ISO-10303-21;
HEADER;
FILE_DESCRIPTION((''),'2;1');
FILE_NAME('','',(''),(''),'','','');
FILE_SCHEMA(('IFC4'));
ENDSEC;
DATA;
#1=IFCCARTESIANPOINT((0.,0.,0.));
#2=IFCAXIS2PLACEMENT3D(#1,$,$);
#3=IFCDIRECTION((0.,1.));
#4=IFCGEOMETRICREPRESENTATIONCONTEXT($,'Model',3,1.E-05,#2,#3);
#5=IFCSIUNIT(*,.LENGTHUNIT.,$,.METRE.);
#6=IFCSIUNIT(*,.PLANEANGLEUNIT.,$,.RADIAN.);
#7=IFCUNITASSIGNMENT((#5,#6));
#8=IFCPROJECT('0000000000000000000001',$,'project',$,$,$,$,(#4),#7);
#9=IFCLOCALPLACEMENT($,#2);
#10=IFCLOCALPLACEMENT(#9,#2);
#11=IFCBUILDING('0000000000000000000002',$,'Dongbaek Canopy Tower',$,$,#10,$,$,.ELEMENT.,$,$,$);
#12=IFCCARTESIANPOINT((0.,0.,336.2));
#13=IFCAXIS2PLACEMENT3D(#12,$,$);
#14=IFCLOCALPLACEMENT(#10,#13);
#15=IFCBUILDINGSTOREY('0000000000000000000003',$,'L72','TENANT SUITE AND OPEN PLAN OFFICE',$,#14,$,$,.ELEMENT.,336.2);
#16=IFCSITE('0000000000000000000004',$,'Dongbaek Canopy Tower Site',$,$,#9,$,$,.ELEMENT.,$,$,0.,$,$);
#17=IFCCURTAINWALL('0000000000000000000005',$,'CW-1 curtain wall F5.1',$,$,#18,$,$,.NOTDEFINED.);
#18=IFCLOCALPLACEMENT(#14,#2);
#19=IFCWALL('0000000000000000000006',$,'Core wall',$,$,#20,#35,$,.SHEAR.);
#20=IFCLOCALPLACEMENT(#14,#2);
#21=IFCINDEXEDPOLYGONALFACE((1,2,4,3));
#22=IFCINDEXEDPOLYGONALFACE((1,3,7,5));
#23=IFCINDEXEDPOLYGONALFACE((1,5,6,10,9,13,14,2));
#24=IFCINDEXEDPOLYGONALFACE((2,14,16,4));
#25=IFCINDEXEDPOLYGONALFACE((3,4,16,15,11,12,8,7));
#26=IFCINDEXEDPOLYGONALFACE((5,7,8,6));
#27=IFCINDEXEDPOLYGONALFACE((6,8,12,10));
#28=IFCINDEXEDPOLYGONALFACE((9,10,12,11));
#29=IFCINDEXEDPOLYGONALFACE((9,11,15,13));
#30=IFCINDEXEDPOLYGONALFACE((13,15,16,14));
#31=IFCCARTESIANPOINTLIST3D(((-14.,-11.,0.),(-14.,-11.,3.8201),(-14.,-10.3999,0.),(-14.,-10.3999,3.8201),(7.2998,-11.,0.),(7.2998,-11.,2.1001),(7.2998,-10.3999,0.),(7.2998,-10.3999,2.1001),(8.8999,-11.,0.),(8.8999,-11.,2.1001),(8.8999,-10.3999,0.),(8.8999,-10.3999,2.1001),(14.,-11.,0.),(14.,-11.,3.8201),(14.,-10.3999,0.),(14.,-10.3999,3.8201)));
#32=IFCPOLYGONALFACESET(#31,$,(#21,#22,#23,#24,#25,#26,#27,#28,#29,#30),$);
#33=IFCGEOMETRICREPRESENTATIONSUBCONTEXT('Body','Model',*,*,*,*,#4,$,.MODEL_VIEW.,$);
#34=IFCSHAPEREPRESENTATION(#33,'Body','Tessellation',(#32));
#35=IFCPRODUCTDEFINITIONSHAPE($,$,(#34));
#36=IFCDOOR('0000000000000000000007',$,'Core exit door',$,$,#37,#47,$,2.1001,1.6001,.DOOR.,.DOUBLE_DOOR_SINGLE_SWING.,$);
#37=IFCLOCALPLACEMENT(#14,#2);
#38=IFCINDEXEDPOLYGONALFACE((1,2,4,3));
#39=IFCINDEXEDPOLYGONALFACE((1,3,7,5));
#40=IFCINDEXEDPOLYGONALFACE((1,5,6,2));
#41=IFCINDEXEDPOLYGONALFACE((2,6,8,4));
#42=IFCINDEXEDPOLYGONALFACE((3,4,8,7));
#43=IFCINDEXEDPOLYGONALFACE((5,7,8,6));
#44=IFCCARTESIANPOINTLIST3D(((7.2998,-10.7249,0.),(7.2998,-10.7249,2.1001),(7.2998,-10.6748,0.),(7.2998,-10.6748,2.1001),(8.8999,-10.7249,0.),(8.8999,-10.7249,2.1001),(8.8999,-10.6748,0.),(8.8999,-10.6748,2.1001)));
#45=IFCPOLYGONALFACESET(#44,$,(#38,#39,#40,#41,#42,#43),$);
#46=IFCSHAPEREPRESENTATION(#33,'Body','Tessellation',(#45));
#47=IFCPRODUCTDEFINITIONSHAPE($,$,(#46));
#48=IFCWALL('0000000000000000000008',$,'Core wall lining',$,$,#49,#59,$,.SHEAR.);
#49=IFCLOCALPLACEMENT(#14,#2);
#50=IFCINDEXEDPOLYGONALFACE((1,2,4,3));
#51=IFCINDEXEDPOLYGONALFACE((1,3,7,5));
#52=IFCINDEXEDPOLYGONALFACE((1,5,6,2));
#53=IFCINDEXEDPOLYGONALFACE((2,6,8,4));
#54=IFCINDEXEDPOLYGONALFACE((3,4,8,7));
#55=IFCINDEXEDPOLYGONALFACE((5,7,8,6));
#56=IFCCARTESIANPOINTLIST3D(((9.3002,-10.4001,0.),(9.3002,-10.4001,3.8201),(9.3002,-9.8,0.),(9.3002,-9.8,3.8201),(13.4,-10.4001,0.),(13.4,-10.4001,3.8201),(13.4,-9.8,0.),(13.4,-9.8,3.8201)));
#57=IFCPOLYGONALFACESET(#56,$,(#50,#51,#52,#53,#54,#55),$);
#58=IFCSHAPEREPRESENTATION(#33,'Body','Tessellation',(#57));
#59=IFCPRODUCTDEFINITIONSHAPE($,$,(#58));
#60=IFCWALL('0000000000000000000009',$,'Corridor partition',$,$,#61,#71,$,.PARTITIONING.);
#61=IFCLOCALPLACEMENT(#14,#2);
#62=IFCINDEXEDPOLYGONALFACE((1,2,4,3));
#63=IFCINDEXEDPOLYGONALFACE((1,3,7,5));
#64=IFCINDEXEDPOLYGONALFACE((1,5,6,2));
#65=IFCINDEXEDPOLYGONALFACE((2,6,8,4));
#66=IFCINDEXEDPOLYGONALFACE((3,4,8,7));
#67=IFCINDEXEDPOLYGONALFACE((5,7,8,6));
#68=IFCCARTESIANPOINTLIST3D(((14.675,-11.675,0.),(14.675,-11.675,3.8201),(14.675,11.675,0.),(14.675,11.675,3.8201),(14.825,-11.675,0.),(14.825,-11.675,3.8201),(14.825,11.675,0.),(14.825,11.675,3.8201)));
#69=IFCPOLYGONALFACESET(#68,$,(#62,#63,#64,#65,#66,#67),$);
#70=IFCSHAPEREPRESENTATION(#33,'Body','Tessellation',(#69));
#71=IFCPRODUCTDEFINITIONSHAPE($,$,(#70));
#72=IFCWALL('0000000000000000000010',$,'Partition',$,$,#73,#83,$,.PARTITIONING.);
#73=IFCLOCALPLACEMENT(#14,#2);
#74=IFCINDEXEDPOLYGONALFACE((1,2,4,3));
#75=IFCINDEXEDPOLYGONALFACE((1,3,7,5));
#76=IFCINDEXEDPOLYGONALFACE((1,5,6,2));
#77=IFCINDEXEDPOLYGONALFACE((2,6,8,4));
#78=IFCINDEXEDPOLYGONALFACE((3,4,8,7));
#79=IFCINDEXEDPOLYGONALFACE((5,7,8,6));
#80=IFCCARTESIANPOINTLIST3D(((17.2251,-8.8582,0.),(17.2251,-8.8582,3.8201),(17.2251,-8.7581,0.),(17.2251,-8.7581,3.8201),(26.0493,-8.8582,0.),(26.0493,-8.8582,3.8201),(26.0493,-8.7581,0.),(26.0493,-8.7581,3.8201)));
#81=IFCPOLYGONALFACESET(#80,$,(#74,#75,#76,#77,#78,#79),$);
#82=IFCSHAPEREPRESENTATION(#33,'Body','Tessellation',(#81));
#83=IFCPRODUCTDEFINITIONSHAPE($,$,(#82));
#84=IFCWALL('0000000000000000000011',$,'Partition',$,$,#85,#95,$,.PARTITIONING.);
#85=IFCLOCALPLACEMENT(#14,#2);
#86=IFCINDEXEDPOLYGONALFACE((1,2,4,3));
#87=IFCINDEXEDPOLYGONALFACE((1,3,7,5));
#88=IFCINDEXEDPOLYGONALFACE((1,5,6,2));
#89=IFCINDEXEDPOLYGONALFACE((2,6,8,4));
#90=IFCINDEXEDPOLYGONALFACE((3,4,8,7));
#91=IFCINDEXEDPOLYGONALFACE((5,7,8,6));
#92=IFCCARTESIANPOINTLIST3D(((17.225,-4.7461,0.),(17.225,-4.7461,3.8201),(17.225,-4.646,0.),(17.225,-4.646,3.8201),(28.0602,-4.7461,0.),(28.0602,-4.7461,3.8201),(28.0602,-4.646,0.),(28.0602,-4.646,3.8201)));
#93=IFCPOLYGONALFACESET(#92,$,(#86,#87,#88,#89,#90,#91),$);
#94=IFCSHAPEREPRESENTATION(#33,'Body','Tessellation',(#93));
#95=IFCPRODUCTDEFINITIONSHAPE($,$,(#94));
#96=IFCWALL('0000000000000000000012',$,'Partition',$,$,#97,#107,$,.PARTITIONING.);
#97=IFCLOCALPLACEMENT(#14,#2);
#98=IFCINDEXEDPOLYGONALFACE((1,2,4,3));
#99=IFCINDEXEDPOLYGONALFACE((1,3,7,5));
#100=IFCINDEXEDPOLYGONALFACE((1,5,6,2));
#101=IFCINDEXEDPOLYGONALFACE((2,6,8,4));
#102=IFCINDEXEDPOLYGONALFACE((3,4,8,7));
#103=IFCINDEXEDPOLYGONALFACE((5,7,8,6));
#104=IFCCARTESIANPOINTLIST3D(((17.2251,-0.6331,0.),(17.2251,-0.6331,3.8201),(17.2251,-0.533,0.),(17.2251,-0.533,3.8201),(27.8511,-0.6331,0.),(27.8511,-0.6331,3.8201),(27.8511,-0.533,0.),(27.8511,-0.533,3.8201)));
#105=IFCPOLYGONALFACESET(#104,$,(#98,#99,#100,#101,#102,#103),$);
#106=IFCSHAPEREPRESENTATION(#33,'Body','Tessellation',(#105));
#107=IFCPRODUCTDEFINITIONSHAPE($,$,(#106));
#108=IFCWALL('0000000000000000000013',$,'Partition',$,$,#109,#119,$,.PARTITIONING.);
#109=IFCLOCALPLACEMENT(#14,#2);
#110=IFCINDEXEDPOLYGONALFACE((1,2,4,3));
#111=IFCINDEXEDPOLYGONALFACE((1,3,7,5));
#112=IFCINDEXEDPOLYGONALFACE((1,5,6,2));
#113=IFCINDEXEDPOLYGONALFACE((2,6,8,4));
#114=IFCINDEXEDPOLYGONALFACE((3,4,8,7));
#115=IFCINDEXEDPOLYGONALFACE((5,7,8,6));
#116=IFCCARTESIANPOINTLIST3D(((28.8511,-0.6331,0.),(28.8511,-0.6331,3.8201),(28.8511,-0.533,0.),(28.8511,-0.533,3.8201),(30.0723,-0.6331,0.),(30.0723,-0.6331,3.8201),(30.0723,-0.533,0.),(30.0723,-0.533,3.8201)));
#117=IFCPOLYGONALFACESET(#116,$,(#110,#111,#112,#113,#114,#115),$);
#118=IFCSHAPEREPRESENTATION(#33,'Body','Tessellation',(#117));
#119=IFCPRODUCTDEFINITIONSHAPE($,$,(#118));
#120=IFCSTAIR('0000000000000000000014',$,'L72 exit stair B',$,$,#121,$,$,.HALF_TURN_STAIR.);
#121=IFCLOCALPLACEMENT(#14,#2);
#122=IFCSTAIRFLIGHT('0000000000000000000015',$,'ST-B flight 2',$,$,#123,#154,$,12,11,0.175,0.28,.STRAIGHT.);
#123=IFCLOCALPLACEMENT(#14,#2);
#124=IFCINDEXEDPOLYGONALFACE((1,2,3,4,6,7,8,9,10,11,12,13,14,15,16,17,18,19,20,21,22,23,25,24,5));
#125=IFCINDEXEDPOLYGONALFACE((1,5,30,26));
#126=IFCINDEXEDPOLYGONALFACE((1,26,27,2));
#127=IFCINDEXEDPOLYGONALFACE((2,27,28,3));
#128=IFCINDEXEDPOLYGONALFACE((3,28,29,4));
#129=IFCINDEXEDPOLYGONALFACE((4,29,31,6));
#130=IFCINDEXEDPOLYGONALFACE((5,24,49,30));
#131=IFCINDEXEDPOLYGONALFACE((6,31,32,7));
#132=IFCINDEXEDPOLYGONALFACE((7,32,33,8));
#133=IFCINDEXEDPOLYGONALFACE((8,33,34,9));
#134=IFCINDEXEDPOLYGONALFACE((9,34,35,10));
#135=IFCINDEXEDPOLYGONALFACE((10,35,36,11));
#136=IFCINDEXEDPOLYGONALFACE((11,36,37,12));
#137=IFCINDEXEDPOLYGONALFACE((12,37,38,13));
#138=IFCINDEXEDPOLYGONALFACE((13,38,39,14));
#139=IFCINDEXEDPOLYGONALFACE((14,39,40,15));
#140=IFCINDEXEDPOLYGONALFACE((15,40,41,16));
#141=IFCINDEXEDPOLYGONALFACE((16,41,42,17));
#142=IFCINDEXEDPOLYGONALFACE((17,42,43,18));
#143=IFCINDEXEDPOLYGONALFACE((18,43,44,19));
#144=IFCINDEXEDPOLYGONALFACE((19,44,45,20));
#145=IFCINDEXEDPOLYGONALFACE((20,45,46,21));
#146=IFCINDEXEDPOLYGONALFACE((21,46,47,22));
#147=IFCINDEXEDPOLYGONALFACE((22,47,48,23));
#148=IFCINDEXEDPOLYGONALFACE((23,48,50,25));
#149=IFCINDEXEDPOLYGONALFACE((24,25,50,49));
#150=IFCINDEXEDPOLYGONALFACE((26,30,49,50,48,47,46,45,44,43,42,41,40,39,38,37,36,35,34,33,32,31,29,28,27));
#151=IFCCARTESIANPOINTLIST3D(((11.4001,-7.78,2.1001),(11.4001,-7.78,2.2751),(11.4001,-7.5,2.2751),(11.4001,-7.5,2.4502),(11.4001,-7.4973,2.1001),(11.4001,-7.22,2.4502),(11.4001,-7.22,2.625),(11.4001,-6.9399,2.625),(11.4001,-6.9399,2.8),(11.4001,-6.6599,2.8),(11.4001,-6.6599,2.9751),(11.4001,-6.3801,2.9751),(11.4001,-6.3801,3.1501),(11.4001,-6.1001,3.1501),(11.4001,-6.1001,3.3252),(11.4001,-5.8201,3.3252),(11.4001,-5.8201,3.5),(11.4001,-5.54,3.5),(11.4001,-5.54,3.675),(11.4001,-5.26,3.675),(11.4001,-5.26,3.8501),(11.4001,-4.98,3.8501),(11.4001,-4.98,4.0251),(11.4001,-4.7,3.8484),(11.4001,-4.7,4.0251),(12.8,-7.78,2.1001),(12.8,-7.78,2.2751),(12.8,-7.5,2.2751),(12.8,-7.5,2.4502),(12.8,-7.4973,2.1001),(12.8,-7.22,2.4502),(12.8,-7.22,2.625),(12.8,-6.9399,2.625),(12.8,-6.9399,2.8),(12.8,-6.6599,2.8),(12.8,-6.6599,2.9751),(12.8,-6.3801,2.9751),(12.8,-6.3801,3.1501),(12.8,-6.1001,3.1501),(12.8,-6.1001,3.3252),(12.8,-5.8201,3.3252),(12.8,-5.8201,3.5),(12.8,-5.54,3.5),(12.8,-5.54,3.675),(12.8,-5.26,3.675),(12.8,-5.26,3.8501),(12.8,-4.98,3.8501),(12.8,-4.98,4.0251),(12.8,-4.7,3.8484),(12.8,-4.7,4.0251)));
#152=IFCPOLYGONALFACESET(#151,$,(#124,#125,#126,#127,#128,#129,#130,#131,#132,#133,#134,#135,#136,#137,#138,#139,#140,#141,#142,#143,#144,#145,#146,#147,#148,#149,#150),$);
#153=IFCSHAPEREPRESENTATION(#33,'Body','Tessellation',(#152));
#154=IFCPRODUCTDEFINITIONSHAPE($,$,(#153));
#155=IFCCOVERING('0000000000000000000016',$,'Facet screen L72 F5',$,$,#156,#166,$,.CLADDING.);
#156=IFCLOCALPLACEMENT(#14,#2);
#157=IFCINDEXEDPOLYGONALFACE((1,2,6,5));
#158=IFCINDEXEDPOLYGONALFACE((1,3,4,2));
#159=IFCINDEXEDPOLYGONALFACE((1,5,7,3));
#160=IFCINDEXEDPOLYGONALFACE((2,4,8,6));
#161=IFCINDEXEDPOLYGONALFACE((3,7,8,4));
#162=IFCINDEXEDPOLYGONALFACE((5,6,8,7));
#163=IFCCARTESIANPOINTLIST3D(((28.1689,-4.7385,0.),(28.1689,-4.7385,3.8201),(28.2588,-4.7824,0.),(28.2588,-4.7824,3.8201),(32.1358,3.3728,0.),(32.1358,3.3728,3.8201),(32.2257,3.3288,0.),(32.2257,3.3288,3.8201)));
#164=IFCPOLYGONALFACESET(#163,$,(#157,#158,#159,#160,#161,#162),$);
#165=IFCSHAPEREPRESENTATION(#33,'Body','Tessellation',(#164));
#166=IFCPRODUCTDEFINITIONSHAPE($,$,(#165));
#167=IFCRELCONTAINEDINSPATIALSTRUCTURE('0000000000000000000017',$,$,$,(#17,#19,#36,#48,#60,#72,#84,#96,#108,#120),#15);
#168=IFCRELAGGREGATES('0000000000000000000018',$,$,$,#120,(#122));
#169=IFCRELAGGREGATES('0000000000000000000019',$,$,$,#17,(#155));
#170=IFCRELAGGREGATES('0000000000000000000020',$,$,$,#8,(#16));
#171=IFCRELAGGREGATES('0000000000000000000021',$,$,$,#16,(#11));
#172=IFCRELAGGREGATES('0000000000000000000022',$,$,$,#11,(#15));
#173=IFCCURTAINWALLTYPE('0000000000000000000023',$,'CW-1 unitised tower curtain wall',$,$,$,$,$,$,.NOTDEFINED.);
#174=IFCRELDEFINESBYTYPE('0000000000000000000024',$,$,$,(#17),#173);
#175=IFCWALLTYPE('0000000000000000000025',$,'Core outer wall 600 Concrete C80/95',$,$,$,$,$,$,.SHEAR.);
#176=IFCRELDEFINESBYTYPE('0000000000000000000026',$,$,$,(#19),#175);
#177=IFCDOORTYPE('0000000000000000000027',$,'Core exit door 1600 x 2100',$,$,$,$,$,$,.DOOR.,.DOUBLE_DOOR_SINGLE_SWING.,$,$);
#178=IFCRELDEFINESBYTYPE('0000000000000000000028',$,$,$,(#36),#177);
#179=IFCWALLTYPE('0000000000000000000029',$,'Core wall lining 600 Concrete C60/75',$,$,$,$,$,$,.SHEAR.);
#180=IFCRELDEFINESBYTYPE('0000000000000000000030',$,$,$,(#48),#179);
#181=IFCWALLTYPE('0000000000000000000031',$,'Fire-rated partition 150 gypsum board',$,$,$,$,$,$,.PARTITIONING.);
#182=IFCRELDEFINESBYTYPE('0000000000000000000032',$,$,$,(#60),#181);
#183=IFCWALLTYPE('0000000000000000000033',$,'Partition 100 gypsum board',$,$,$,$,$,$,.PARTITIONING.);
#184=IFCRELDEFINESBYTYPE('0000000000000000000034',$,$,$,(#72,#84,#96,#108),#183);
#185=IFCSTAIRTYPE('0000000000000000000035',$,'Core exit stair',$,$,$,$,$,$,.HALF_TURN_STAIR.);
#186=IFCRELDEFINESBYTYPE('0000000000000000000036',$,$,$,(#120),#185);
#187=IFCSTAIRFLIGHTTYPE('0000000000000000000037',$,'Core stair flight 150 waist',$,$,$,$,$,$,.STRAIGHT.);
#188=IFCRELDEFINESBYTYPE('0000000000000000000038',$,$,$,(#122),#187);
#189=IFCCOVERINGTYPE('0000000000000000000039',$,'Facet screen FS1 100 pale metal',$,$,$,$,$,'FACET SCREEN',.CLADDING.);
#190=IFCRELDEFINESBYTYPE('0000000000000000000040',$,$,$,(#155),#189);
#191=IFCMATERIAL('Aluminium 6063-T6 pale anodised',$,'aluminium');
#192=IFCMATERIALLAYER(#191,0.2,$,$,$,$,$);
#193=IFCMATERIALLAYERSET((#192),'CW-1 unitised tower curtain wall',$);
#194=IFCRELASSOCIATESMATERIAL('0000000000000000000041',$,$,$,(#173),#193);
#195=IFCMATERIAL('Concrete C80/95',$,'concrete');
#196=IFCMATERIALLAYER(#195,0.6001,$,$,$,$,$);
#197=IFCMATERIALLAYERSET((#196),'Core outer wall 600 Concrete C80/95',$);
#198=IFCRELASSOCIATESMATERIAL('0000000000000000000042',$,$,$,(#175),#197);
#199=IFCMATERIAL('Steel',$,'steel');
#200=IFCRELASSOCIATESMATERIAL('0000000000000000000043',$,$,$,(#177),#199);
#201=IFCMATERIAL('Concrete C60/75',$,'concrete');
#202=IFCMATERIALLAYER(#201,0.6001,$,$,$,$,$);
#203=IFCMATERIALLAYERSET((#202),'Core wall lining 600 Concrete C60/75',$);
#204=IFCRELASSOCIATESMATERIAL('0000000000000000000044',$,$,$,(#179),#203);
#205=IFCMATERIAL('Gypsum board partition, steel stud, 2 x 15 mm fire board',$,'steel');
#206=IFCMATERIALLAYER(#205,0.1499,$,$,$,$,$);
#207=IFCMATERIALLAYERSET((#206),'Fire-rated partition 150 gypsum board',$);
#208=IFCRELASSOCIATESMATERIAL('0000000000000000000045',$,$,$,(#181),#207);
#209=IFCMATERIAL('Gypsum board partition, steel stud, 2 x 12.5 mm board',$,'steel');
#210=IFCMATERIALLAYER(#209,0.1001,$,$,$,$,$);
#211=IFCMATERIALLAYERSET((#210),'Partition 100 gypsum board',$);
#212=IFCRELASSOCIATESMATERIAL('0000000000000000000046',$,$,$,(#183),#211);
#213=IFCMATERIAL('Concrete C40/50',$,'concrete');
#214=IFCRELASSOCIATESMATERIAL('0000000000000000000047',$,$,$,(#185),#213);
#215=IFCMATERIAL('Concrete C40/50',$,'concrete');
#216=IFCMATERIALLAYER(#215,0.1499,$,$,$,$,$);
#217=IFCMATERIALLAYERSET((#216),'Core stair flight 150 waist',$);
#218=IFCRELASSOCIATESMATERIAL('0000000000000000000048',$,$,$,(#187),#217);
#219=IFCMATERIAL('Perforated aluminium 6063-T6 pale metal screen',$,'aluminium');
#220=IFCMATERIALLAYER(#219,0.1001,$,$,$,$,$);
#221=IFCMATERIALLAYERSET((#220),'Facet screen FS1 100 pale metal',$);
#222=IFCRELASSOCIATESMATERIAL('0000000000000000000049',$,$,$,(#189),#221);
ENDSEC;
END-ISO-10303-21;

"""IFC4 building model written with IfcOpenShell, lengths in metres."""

from ifc_helpers import new_model, si_unit, direction, frame, frame_2d, origin, origin_2d, place, context, subcontext, project, spatial, polyline, rectangle, outline, extrude, material, layer, layer_set, type_object, element, fill, aggregate, save


model = new_model("IFC4")

# Units and contexts
model_context = context("Model", 3, precision=1e-05, world=origin(), true_north=direction((0.0, 1.0)))
body_context = subcontext(model_context, "Body", "Model", "MODEL_VIEW")
ifc_project = project(units=[si_unit("LENGTHUNIT", "METRE"), si_unit("PLANEANGLEUNIT", "RADIAN")], contexts=[model_context])

# Site, building, storey
site_placement = place(None, origin())
site = spatial("IfcSite", under=ifc_project, at=site_placement, Name="Dongbaek Canopy Tower Site", CompositionType="ELEMENT", RefElevation=0.0)
building_placement = place(site_placement, origin())
building = spatial("IfcBuilding", under=site, at=building_placement, Name="Dongbaek Canopy Tower", CompositionType="ELEMENT")
storey_placement = place(building_placement, frame((0.0, 0.0, 336.2)))
storey = spatial("IfcBuildingStorey", under=building, at=storey_placement, Name="L72", Description="TENANT SUITE AND OPEN PLAN OFFICE", CompositionType="ELEMENT", Elevation=336.2)

# Curtain wall
ifc_material_1 = material(Name="Aluminium 6063-T6 pale anodised", Category="aluminium")
ifc_layer_1 = layer(ifc_material_1, 0.2)
ifc_layer_set_1 = layer_set([ifc_layer_1], Name="CW-1 unitised tower curtain wall")
curtain_wall_type = type_object("IfcCurtainWallType", Name="CW-1 unitised tower curtain wall", PredefinedType="NOTDEFINED", material=ifc_layer_set_1)
curtain_wall_placement = place(storey_placement, origin())
curtain_wall = element("IfcCurtainWall", 1, at=curtain_wall_placement, inside=storey, type_object=curtain_wall_type, Name="CW-1 curtain wall F5.1", PredefinedType="NOTDEFINED")

# Wall, opening, door
ifc_material_2 = material(Name="Concrete C80/95", Category="concrete")
ifc_layer_2 = layer(ifc_material_2, 0.6001)
ifc_layer_set_2 = layer_set([ifc_layer_2], Name="Core outer wall 600 Concrete C80/95")
wall_type_1 = type_object("IfcWallType", Name="Core outer wall 600 Concrete C80/95", PredefinedType="SHEAR", material=ifc_layer_set_2)
wall_1_placement = place(storey_placement, frame((14.0, -10.7, 0.0), z_axis=(0.0, 0.0, 1.0), x_axis=(-1.0, 0.0, 0.0)))
wall_1 = element("IfcWall", 2, at=wall_1_placement, inside=storey, type_object=wall_type_1, Name="Core wall", PredefinedType="SHEAR", context=body_context, shape_type="SweptSolid", body=[
    extrude(rectangle(XDim=28.0, YDim=0.6001, at=frame_2d((14.0, 0.0))), origin(), (0.0, 0.0, 1.0), 3.8201),
])
opening_placement = place(wall_1_placement, frame((5.1001, 0.0, 0.0)))
opening = element("IfcOpeningElement", 3, at=opening_placement, cuts=wall_1, PredefinedType="OPENING", context=body_context, shape_type="SweptSolid", body=[
    extrude(rectangle(XDim=1.6001, YDim=2.1001, at=frame_2d((0.8, 1.05))), frame((0.0, 0.3101, 0.0), z_axis=(0.0, -1.0, 0.0), x_axis=(1.0, 0.0, 0.0)), (0.0, 0.0, 1.0), 0.6201),
])
ifc_material_3 = material(Name="Steel", Category="steel")
door_type = type_object("IfcDoorType", Name="Core exit door 1600 x 2100", OperationType="DOUBLE_DOOR_SINGLE_SWING", PredefinedType="DOOR", material=ifc_material_3)
door_placement = place(opening_placement, origin())
door = element("IfcDoor", 4, at=door_placement, inside=storey, type_object=door_type, Name="Core exit door", OperationType="DOUBLE_DOOR_SINGLE_SWING", OverallHeight=2.1001, OverallWidth=1.6001, PredefinedType="DOOR", context=body_context, shape_type="SweptSolid", body=[
    extrude(rectangle(XDim=1.6001, YDim=2.1001, at=frame_2d((0.8, 1.05))), frame((0.0, 0.0249, 0.0), z_axis=(0.0, -1.0, 0.0), x_axis=(1.0, 0.0, 0.0)), (0.0, 0.0, 1.0), 0.05),
])
fill(opening, door)

# Walls
ifc_material_4 = material(Name="Concrete C60/75", Category="concrete")
ifc_layer_3 = layer(ifc_material_4, 0.6001)
ifc_layer_set_3 = layer_set([ifc_layer_3], Name="Core wall lining 600 Concrete C60/75")
wall_type_2 = type_object("IfcWallType", Name="Core wall lining 600 Concrete C60/75", PredefinedType="SHEAR", material=ifc_layer_set_3)
wall_2_placement = place(storey_placement, frame((13.3999, -10.1001, 0.0), z_axis=(0.0, 0.0, 1.0), x_axis=(-1.0, 0.0, 0.0)))
element("IfcWall", 5, at=wall_2_placement, inside=storey, type_object=wall_type_2, Name="Core wall lining", PredefinedType="SHEAR", context=body_context, shape_type="SweptSolid", body=[
    extrude(rectangle(XDim=4.0999, YDim=0.6001, at=frame_2d((2.0498, 0.0))), origin(), (0.0, 0.0, 1.0), 3.8201),
])
ifc_material_5 = material(Name="Gypsum board partition, steel stud, 2 x 15 mm fire board", Category="steel")
ifc_layer_4 = layer(ifc_material_5, 0.1499)
ifc_layer_set_4 = layer_set([ifc_layer_4], Name="Fire-rated partition 150 gypsum board")
wall_type_3 = type_object("IfcWallType", Name="Fire-rated partition 150 gypsum board", PredefinedType="PARTITIONING", material=ifc_layer_set_4)
wall_3_placement = place(storey_placement, frame((14.75, -11.675, 0.0), z_axis=(0.0, 0.0, 1.0), x_axis=(0.0, 1.0, 0.0)))
element("IfcWall", 6, at=wall_3_placement, inside=storey, type_object=wall_type_3, Name="Corridor partition", PredefinedType="PARTITIONING", context=body_context, shape_type="SweptSolid", body=[
    extrude(rectangle(XDim=23.3501, YDim=0.1499, at=frame_2d((11.675, 0.0))), origin(), (0.0, 0.0, 1.0), 3.8201),
])
ifc_material_6 = material(Name="Gypsum board partition, steel stud, 2 x 12.5 mm board", Category="steel")
ifc_layer_5 = layer(ifc_material_6, 0.1001)
ifc_layer_set_5 = layer_set([ifc_layer_5], Name="Partition 100 gypsum board")
wall_type_4 = type_object("IfcWallType", Name="Partition 100 gypsum board", PredefinedType="PARTITIONING", material=ifc_layer_set_5)
wall_4_placement = place(storey_placement, frame((17.2251, -8.8081, 0.0), z_axis=(0.0, 0.0, 1.0), x_axis=(1.0, 0.0, 0.0)))
element("IfcWall", 7, at=wall_4_placement, inside=storey, type_object=wall_type_4, Name="Partition", PredefinedType="PARTITIONING", context=body_context, shape_type="SweptSolid", body=[
    extrude(rectangle(XDim=8.8242, YDim=0.1001, at=frame_2d((4.4121, 0.0))), origin(), (0.0, 0.0, 1.0), 3.8201),
])
wall_5_placement = place(storey_placement, frame((17.2251, -4.696, 0.0), z_axis=(0.0, 0.0, 1.0), x_axis=(1.0, 0.0, 0.0)))
element("IfcWall", 8, at=wall_5_placement, inside=storey, type_object=wall_type_4, Name="Partition", PredefinedType="PARTITIONING", context=body_context, shape_type="SweptSolid", body=[
    extrude(rectangle(XDim=10.8352, YDim=0.1001, at=frame_2d((5.4175, 0.0))), origin(), (0.0, 0.0, 1.0), 3.8201),
])
wall_6_placement = place(storey_placement, frame((17.2251, -0.583, 0.0), z_axis=(0.0, 0.0, 1.0), x_axis=(1.0, 0.0, 0.0)))
element("IfcWall", 9, at=wall_6_placement, inside=storey, type_object=wall_type_4, Name="Partition", PredefinedType="PARTITIONING", context=body_context, shape_type="SweptSolid", body=[
    extrude(rectangle(XDim=10.626, YDim=0.1001, at=frame_2d((5.313, 0.0))), origin(), (0.0, 0.0, 1.0), 3.8201),
])
wall_7_placement = place(storey_placement, frame((28.8511, -0.583, 0.0), z_axis=(0.0, 0.0, 1.0), x_axis=(1.0, 0.0, 0.0)))
element("IfcWall", 10, at=wall_7_placement, inside=storey, type_object=wall_type_4, Name="Partition", PredefinedType="PARTITIONING", context=body_context, shape_type="SweptSolid", body=[
    extrude(rectangle(XDim=1.2212, YDim=0.1001, at=frame_2d((0.6106, 0.0))), origin(), (0.0, 0.0, 1.0), 3.8201),
])

# Stair, stair flight
ifc_material_7 = material(Name="Concrete C40/50", Category="concrete")
stair_type = type_object("IfcStairType", Name="Core exit stair", PredefinedType="HALF_TURN_STAIR", material=ifc_material_7)
stair_placement = place(storey_placement, origin())
stair = element("IfcStair", 11, at=stair_placement, inside=storey, type_object=stair_type, Name="L72 exit stair B", PredefinedType="HALF_TURN_STAIR")
ifc_material_8 = material(Name="Concrete C40/50", Category="concrete")
ifc_layer_6 = layer(ifc_material_8, 0.1499)
ifc_layer_set_6 = layer_set([ifc_layer_6], Name="Core stair flight 150 waist")
stair_flight_type = type_object("IfcStairFlightType", Name="Core stair flight 150 waist", PredefinedType="STRAIGHT", material=ifc_layer_set_6)
stair_flight_placement = place(storey_placement, frame((12.1001, -7.78, 2.1001), z_axis=(0.0, 0.0, 1.0), x_axis=(0.0, 1.0, 0.0)))
stair_flight = element("IfcStairFlight", 12, at=stair_flight_placement, type_object=stair_flight_type, Name="ST-B flight 2", NumberOfRisers=12, NumberOfTreads=11, PredefinedType="STRAIGHT", RiserHeight=0.175, TreadLength=0.28, context=body_context, shape_type="SweptSolid", body=[
    extrude(outline(polyline([(0.0, 0.0), (0.0, 0.175), (0.28, 0.175), (0.28, 0.3501), (0.5601, 0.3501), (0.5601, 0.5249), (0.8401, 0.5249), (0.8401, 0.7), (1.1201, 0.7), (1.1201, 0.875), (1.3999, 0.875), (1.3999, 1.05), (1.6799, 1.05), (1.6799, 1.2251), (1.96, 1.2251), (1.96, 1.3999), (2.24, 1.3999), (2.24, 1.575), (2.52, 1.575), (2.52, 1.75), (2.8, 1.75), (2.8, 1.925), (3.0801, 1.925), (3.0801, 2.1001), (3.0801, 1.7483), (0.2827, 0.0), (0.0, 0.0)])), frame((0.0, 0.7, 0.0), z_axis=(0.0, -1.0, 0.0), x_axis=(1.0, 0.0, 0.0)), (0.0, 0.0, 1.0), 1.3999),
])
aggregate(stair, [stair_flight])

# Covering
ifc_material_9 = material(Name="Perforated aluminium 6063-T6 pale metal screen", Category="aluminium")
ifc_layer_7 = layer(ifc_material_9, 0.1001)
ifc_layer_set_7 = layer_set([ifc_layer_7], Name="Facet screen FS1 100 pale metal")
covering_type = type_object("IfcCoveringType", Name="Facet screen FS1 100 pale metal", ElementType="FACET SCREEN", PredefinedType="CLADDING", material=ifc_layer_set_7)
covering_placement = place(storey_placement, frame((30.1973, -0.7048, 0.0), z_axis=(0.0, 0.0, 1.0), x_axis=(0.439337, 0.898322, 0.0)))
covering = element("IfcCovering", 13, at=covering_placement, type_object=covering_type, Name="Facet screen L72 F5", PredefinedType="CLADDING", context=body_context, shape_type="SweptSolid", body=[
    extrude(rectangle(XDim=9.0293, YDim=0.1001, at=origin_2d()), origin(), (0.0, 0.0, 1.0), 3.8201),
])
aggregate(curtain_wall, [covering])

save(model, "model.ifc")
